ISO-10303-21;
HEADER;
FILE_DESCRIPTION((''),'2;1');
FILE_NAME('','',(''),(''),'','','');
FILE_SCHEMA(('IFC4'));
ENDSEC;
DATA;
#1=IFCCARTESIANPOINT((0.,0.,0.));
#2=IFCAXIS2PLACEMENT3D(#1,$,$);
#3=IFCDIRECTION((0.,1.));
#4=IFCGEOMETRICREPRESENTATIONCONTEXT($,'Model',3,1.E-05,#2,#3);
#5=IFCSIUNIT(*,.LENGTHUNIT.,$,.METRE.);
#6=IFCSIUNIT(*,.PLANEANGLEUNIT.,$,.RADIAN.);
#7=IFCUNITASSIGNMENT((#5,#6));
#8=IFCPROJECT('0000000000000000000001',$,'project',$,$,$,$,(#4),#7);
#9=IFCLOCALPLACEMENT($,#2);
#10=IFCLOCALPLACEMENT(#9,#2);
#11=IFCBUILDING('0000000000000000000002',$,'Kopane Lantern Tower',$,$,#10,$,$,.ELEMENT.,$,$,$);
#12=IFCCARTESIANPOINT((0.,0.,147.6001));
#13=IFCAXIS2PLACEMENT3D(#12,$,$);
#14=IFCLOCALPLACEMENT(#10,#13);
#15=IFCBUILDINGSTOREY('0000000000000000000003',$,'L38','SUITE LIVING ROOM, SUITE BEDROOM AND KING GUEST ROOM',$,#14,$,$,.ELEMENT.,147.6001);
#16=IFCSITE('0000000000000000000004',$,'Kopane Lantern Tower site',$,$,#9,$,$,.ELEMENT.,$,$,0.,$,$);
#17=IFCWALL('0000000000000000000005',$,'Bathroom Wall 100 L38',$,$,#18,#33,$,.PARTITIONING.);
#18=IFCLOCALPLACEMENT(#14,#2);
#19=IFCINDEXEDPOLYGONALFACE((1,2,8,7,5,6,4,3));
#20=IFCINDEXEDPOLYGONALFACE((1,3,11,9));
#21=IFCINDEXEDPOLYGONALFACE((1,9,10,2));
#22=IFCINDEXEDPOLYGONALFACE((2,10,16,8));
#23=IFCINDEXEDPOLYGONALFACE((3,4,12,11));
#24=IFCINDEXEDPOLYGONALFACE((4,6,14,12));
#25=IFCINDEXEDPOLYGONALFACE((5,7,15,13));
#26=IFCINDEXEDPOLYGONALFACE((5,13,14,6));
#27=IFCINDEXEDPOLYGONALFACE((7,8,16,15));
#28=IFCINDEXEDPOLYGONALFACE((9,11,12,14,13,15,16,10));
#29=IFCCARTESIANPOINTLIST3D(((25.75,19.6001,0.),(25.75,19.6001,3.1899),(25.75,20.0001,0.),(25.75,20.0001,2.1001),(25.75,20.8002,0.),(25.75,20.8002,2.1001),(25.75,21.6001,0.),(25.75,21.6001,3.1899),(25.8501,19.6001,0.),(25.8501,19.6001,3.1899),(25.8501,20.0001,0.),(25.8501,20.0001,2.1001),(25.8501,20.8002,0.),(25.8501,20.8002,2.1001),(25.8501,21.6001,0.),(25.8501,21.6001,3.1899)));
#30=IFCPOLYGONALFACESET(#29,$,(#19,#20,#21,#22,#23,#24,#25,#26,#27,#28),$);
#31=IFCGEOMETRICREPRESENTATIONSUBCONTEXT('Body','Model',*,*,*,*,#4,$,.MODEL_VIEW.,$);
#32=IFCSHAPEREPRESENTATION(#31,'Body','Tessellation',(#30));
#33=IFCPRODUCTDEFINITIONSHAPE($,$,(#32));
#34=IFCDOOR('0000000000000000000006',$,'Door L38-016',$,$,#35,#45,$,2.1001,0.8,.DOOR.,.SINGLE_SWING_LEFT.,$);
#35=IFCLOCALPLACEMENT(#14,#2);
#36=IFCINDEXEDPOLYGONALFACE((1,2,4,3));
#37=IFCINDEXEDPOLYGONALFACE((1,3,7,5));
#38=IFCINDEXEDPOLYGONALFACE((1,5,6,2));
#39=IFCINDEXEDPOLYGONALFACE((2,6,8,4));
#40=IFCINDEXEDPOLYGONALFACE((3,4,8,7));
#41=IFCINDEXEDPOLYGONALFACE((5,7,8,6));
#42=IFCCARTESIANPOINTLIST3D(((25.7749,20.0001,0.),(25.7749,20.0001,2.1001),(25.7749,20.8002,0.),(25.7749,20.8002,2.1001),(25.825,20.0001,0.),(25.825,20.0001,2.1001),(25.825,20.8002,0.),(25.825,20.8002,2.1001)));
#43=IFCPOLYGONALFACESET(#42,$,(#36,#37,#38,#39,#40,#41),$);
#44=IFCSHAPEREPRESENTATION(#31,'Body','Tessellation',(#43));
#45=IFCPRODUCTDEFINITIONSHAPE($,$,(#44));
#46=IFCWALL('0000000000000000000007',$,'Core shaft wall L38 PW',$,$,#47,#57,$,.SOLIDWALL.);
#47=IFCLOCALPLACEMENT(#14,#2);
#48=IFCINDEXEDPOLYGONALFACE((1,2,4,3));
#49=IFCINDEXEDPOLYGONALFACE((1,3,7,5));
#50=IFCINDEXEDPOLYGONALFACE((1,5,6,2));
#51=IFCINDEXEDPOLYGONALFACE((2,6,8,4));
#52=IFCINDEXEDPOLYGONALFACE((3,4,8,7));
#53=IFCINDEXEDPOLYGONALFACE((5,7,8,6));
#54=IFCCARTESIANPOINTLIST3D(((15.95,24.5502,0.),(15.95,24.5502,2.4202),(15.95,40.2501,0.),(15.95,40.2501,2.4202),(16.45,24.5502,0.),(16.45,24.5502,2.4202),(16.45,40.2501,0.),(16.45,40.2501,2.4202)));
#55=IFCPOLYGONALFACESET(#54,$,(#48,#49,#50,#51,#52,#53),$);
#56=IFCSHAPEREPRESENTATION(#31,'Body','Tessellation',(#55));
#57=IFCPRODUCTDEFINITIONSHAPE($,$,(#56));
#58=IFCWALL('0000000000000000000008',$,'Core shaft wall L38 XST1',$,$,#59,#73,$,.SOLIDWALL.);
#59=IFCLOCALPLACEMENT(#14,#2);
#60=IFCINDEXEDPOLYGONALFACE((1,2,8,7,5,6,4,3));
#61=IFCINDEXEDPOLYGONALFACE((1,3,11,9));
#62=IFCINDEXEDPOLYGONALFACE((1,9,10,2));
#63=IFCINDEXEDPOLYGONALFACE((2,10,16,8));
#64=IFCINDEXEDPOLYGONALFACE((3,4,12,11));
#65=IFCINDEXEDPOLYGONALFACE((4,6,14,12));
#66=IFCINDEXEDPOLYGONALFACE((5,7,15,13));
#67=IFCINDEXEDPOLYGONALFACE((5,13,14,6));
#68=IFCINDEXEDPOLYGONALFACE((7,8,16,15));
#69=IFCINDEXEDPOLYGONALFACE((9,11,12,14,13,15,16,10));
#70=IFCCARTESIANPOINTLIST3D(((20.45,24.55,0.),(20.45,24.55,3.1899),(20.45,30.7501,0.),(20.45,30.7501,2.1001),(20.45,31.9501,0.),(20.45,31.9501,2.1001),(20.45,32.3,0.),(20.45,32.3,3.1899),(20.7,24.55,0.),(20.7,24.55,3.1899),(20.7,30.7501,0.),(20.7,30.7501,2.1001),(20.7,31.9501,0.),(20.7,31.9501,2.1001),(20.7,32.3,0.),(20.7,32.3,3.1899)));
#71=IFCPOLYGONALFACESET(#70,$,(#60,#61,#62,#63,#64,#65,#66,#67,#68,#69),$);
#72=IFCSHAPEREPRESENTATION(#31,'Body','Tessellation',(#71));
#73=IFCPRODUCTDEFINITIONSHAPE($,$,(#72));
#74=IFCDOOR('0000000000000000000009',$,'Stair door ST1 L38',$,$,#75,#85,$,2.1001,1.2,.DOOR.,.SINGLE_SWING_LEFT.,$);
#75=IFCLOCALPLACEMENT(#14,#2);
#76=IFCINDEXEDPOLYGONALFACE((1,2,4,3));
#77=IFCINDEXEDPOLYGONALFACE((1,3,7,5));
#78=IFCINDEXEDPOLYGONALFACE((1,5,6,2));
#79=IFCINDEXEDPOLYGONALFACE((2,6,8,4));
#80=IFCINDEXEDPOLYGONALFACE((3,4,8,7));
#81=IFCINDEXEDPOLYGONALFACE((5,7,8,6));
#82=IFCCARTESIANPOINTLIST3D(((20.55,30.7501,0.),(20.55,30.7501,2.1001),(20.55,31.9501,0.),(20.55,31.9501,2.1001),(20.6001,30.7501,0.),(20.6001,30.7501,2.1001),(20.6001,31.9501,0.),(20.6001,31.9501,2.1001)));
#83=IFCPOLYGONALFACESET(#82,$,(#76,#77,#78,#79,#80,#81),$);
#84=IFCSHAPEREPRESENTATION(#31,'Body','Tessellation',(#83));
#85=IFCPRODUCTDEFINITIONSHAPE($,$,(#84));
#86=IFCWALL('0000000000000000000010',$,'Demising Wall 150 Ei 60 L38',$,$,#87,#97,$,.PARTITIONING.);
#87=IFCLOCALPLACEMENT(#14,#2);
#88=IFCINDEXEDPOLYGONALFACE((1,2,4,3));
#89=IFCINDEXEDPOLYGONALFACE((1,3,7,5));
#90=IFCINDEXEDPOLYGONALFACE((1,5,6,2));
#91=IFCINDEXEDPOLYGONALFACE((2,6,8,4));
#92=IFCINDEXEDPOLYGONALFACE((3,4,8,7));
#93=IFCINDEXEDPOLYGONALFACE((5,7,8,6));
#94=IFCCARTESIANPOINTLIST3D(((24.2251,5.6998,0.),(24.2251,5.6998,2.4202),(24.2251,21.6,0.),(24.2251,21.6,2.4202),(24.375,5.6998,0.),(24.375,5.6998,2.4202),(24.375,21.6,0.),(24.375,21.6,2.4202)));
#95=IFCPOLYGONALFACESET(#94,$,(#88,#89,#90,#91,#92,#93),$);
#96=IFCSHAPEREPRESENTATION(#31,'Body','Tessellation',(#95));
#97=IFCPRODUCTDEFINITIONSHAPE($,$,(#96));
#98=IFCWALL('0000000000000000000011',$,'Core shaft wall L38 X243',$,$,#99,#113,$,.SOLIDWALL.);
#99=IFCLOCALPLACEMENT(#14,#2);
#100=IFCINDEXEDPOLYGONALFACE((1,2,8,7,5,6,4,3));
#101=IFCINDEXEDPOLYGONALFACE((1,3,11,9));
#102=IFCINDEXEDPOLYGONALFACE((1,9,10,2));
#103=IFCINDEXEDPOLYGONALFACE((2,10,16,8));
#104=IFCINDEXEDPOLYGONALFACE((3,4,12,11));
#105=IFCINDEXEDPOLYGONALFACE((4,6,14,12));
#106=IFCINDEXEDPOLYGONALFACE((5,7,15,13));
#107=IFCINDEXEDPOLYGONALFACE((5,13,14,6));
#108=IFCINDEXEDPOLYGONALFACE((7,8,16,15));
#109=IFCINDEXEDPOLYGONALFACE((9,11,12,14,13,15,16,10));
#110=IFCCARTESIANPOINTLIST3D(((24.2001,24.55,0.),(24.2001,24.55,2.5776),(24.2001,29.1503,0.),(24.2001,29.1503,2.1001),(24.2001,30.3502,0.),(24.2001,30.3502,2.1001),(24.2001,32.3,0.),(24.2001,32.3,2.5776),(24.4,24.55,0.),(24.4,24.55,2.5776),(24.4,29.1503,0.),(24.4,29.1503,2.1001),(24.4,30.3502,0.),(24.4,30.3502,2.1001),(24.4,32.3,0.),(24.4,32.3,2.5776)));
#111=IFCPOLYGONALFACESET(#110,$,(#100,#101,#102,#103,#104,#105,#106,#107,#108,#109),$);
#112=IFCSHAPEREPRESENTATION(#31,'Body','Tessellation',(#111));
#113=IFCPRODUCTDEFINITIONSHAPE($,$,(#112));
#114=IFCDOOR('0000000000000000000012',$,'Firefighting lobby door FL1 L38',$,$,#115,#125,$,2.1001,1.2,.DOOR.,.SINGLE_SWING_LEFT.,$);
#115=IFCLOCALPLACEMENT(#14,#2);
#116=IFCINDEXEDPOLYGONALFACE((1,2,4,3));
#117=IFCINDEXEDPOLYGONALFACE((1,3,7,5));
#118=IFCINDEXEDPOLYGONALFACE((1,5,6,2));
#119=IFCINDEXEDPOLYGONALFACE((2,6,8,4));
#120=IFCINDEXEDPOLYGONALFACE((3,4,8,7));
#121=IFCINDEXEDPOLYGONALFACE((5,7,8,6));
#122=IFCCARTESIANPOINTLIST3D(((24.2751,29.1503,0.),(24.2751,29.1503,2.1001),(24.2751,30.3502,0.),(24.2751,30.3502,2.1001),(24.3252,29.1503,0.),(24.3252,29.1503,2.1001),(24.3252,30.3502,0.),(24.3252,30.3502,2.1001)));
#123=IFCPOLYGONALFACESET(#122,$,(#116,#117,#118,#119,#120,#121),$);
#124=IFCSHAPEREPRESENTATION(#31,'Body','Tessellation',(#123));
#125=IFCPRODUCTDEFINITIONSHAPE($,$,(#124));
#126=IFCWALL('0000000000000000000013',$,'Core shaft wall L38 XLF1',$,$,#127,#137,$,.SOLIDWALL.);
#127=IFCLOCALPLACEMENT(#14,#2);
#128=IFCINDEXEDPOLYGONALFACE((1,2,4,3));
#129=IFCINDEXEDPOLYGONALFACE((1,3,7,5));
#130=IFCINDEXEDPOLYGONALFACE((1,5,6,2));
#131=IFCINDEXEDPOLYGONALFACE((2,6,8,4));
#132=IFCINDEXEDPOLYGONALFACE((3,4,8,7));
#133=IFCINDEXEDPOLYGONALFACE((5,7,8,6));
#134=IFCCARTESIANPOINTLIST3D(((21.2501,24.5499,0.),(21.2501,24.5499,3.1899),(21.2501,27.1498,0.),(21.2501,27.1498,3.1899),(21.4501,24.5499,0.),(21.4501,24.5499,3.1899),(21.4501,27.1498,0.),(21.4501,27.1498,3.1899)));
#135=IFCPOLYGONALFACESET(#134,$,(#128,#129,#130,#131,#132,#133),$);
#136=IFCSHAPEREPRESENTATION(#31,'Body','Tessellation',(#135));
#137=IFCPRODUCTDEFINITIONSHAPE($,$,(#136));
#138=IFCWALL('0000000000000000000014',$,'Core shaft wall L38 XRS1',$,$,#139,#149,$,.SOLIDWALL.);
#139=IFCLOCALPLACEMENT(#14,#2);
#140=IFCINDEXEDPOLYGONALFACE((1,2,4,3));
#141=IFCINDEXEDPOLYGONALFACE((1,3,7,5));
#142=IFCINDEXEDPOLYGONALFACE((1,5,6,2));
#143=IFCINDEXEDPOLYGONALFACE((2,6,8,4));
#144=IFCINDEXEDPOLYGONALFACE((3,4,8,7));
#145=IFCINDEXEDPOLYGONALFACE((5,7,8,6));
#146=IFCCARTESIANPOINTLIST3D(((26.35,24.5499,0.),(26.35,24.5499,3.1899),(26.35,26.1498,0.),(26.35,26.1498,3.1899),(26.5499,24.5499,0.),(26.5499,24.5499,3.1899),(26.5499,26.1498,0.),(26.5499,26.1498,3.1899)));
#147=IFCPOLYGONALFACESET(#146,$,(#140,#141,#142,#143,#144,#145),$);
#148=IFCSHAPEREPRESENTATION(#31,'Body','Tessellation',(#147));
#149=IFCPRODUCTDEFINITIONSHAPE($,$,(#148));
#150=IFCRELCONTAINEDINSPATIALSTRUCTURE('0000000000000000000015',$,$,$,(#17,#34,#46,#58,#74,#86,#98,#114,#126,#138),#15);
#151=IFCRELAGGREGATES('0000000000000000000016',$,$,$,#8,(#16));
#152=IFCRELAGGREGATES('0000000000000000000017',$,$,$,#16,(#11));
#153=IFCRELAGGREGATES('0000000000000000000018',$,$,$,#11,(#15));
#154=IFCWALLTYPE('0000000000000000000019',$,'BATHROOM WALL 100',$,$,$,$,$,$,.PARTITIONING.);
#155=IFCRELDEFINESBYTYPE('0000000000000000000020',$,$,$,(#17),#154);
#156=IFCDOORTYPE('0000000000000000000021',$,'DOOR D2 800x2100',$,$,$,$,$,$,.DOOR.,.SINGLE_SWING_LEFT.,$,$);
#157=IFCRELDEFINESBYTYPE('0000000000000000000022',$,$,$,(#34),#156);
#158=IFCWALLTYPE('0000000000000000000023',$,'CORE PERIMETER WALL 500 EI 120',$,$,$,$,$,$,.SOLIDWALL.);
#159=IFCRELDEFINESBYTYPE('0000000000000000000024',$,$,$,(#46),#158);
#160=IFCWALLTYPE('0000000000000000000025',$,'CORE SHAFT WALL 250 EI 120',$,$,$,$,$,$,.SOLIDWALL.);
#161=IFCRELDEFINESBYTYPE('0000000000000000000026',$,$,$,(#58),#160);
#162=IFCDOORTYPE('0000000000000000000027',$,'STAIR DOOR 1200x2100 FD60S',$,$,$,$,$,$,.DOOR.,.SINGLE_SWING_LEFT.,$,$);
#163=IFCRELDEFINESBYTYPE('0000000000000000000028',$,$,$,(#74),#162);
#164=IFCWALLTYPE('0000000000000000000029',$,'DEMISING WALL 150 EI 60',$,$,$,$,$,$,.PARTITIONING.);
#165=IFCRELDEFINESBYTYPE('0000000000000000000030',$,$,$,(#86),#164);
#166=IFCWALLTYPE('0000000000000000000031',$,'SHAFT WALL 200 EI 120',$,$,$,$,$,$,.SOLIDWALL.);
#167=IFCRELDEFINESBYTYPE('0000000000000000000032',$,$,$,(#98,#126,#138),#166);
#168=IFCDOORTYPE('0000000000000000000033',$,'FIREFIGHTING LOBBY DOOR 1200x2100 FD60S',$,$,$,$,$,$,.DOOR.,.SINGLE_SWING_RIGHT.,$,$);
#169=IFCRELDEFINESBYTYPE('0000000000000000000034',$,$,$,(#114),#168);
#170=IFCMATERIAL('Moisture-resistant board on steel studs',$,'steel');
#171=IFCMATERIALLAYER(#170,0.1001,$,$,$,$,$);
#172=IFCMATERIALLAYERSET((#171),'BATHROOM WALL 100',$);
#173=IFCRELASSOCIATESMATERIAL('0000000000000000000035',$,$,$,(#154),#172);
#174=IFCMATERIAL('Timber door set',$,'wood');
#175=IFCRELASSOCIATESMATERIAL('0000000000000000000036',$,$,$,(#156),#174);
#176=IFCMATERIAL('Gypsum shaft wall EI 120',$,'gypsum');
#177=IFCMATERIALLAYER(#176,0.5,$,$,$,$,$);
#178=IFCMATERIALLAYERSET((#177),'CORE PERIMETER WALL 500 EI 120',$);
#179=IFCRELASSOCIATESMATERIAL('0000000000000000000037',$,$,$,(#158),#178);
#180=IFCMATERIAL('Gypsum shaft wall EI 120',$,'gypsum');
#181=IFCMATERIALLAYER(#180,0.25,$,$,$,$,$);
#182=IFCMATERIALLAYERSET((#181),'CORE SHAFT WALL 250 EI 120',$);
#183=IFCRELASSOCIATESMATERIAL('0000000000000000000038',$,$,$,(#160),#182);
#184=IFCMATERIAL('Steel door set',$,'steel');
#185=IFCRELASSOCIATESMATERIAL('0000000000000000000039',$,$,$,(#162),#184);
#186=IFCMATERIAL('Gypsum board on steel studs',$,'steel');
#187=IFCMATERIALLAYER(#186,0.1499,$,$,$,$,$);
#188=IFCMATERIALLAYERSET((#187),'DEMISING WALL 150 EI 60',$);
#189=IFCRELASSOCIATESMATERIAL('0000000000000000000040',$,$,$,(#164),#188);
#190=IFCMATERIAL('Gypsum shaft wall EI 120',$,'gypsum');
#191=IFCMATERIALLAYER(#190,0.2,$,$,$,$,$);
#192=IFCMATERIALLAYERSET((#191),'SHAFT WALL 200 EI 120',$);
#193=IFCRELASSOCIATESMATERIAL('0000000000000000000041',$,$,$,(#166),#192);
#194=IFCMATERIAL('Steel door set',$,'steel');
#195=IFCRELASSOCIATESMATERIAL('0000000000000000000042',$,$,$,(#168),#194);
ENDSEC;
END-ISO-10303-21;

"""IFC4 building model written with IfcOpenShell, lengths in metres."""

from ifc_helpers import new_model, si_unit, direction, frame, frame_2d, origin, place, context, subcontext, project, spatial, rectangle, extrude, material, layer, layer_set, type_object, element, fill, save


model = new_model("IFC4")

# Units and contexts
model_context = context("Model", 3, precision=1e-05, world=origin(), true_north=direction((0.0, 1.0)))
body_context = subcontext(model_context, "Body", "Model", "MODEL_VIEW")
ifc_project = project(units=[si_unit("LENGTHUNIT", "METRE"), si_unit("PLANEANGLEUNIT", "RADIAN")], contexts=[model_context])

# Site, building, storey
site_placement = place(None, origin())
site = spatial("IfcSite", under=ifc_project, at=site_placement, Name="Kopane Lantern Tower site", CompositionType="ELEMENT", RefElevation=0.0)
building_placement = place(site_placement, origin())
building = spatial("IfcBuilding", under=site, at=building_placement, Name="Kopane Lantern Tower", CompositionType="ELEMENT")
storey_placement = place(building_placement, frame((0.0, 0.0, 147.6001)))
storey = spatial("IfcBuildingStorey", under=building, at=storey_placement, Name="L38", Description="SUITE LIVING ROOM, SUITE BEDROOM AND KING GUEST ROOM", CompositionType="ELEMENT", Elevation=147.6001)

# Wall, opening, door
ifc_material_1 = material(Name="Moisture-resistant board on steel studs", Category="steel")
ifc_layer_1 = layer(ifc_material_1, 0.1001)
ifc_layer_set_1 = layer_set([ifc_layer_1], Name="BATHROOM WALL 100")
wall_type_1 = type_object("IfcWallType", Name="BATHROOM WALL 100", PredefinedType="PARTITIONING", material=ifc_layer_set_1)
ifc_material_2 = material(Name="Timber door set", Category="wood")
door_type_1 = type_object("IfcDoorType", Name="DOOR D2 800x2100", OperationType="SINGLE_SWING_LEFT", PredefinedType="DOOR", material=ifc_material_2)
wall_1_placement = place(storey_placement, frame((25.8, 21.6001, 0.0), z_axis=(0.0, 0.0, 1.0), x_axis=(0.0, -1.0, 0.0)))
wall_1 = element("IfcWall", 1, at=wall_1_placement, inside=storey, type_object=wall_type_1, Name="Bathroom Wall 100 L38", PredefinedType="PARTITIONING", context=body_context, shape_type="SweptSolid", body=[
    extrude(rectangle(XDim=2.0, YDim=0.1001, at=frame_2d((1.0, 0.0))), origin(), (0.0, 0.0, 1.0), 3.1899),
])
opening_1_placement = place(wall_1_placement, frame((0.8, 0.0, 0.0)))
opening_1 = element("IfcOpeningElement", 2, at=opening_1_placement, cuts=wall_1, PredefinedType="OPENING", context=body_context, shape_type="SweptSolid", body=[
    extrude(rectangle(XDim=0.8, YDim=2.1001, at=frame_2d((0.3999, 1.05))), frame((0.0, 0.0601, 0.0), z_axis=(0.0, -1.0, 0.0), x_axis=(1.0, 0.0, 0.0)), (0.0, 0.0, 1.0), 0.1201),
])
door_1_placement = place(opening_1_placement, origin())
door_1 = element("IfcDoor", 3, at=door_1_placement, inside=storey, type_object=door_type_1, Name="Door L38-016", OperationType="SINGLE_SWING_LEFT", OverallHeight=2.1001, OverallWidth=0.8, PredefinedType="DOOR", context=body_context, shape_type="SweptSolid", body=[
    extrude(rectangle(XDim=0.8, YDim=2.1001, at=frame_2d((0.3999, 1.05))), frame((0.0, 0.0249, 0.0), z_axis=(0.0, -1.0, 0.0), x_axis=(1.0, 0.0, 0.0)), (0.0, 0.0, 1.0), 0.05),
])
fill(opening_1, door_1)

# Wall
ifc_material_3 = material(Name="Gypsum shaft wall EI 120", Category="gypsum")
ifc_layer_2 = layer(ifc_material_3, 0.5)
ifc_layer_set_2 = layer_set([ifc_layer_2], Name="CORE PERIMETER WALL 500 EI 120")
wall_type_2 = type_object("IfcWallType", Name="CORE PERIMETER WALL 500 EI 120", PredefinedType="SOLIDWALL", material=ifc_layer_set_2)
wall_2_placement = place(storey_placement, frame((16.2, 24.55, 0.0), z_axis=(0.0, 0.0, 1.0), x_axis=(0.0, 1.0, 0.0)))
element("IfcWall", 4, at=wall_2_placement, inside=storey, type_object=wall_type_2, Name="Core shaft wall L38 PW", PredefinedType="SOLIDWALL", context=body_context, shape_type="SweptSolid", body=[
    extrude(rectangle(XDim=15.7, YDim=0.5, at=frame_2d((7.8501, 0.0))), origin(), (0.0, 0.0, 1.0), 2.4202),
])

# Wall, opening, door
ifc_material_4 = material(Name="Gypsum shaft wall EI 120", Category="gypsum")
ifc_layer_3 = layer(ifc_material_4, 0.25)
ifc_layer_set_3 = layer_set([ifc_layer_3], Name="CORE SHAFT WALL 250 EI 120")
wall_type_3 = type_object("IfcWallType", Name="CORE SHAFT WALL 250 EI 120", PredefinedType="SOLIDWALL", material=ifc_layer_set_3)
wall_3_placement = place(storey_placement, frame((20.575, 24.55, 0.0), z_axis=(0.0, 0.0, 1.0), x_axis=(0.0, 1.0, 0.0)))
wall_3 = element("IfcWall", 5, at=wall_3_placement, inside=storey, type_object=wall_type_3, Name="Core shaft wall L38 XST1", PredefinedType="SOLIDWALL", context=body_context, shape_type="SweptSolid", body=[
    extrude(rectangle(XDim=7.75, YDim=0.25, at=frame_2d((3.875, 0.0))), origin(), (0.0, 0.0, 1.0), 3.1899),
])
opening_2_placement = place(wall_3_placement, frame((6.2, 0.0, 0.0)))
opening_2 = element("IfcOpeningElement", 6, at=opening_2_placement, cuts=wall_3, PredefinedType="OPENING", context=body_context, shape_type="SweptSolid", body=[
    extrude(rectangle(XDim=1.2, YDim=2.1001, at=frame_2d((0.6001, 1.05))), frame((0.0, 0.135, 0.0), z_axis=(0.0, -1.0, 0.0), x_axis=(1.0, 0.0, 0.0)), (0.0, 0.0, 1.0), 0.27),
])
ifc_material_5 = material(Name="Steel door set", Category="steel")
door_type_2 = type_object("IfcDoorType", Name="STAIR DOOR 1200x2100 FD60S", OperationType="SINGLE_SWING_LEFT", PredefinedType="DOOR", material=ifc_material_5)
door_2_placement = place(opening_2_placement, origin())
door_2 = element("IfcDoor", 7, at=door_2_placement, inside=storey, type_object=door_type_2, Name="Stair door ST1 L38", OperationType="SINGLE_SWING_LEFT", OverallHeight=2.1001, OverallWidth=1.2, PredefinedType="DOOR", context=body_context, shape_type="SweptSolid", body=[
    extrude(rectangle(XDim=1.2, YDim=2.1001, at=frame_2d((0.6001, 1.05))), frame((0.0, 0.0249, 0.0), z_axis=(0.0, -1.0, 0.0), x_axis=(1.0, 0.0, 0.0)), (0.0, 0.0, 1.0), 0.05),
])
fill(opening_2, door_2)

# Wall
ifc_material_6 = material(Name="Gypsum board on steel studs", Category="steel")
ifc_layer_4 = layer(ifc_material_6, 0.1499)
ifc_layer_set_4 = layer_set([ifc_layer_4], Name="DEMISING WALL 150 EI 60")
wall_type_4 = type_object("IfcWallType", Name="DEMISING WALL 150 EI 60", PredefinedType="PARTITIONING", material=ifc_layer_set_4)
wall_4_placement = place(storey_placement, frame((24.3, 21.6001, 0.0), z_axis=(0.0, 0.0, 1.0), x_axis=(0.0, -1.0, 0.0)))
element("IfcWall", 8, at=wall_4_placement, inside=storey, type_object=wall_type_4, Name="Demising Wall 150 Ei 60 L38", PredefinedType="PARTITIONING", context=body_context, shape_type="SweptSolid", body=[
    extrude(rectangle(XDim=15.9001, YDim=0.1499, at=frame_2d((7.9502, 0.0))), origin(), (0.0, 0.0, 1.0), 2.4202),
])

# Wall, opening, door
ifc_material_7 = material(Name="Gypsum shaft wall EI 120", Category="gypsum")
ifc_layer_5 = layer(ifc_material_7, 0.2)
ifc_layer_set_5 = layer_set([ifc_layer_5], Name="SHAFT WALL 200 EI 120")
wall_type_5 = type_object("IfcWallType", Name="SHAFT WALL 200 EI 120", PredefinedType="SOLIDWALL", material=ifc_layer_set_5)
wall_5_placement = place(storey_placement, frame((24.3, 24.55, 0.0), z_axis=(0.0, 0.0, 1.0), x_axis=(0.0, 1.0, 0.0)))
wall_5 = element("IfcWall", 9, at=wall_5_placement, inside=storey, type_object=wall_type_5, Name="Core shaft wall L38 X243", PredefinedType="SOLIDWALL", context=body_context, shape_type="SweptSolid", body=[
    extrude(rectangle(XDim=7.75, YDim=0.2, at=frame_2d((3.875, 0.0))), origin(), (0.0, 0.0, 1.0), 2.5776),
])
opening_3_placement = place(wall_5_placement, frame((4.6001, 0.0, 0.0)))
opening_3 = element("IfcOpeningElement", 10, at=opening_3_placement, cuts=wall_5, PredefinedType="OPENING", context=body_context, shape_type="SweptSolid", body=[
    extrude(rectangle(XDim=1.2, YDim=2.1001, at=frame_2d((0.6001, 1.05))), frame((0.0, 0.1099, 0.0), z_axis=(0.0, -1.0, 0.0), x_axis=(1.0, 0.0, 0.0)), (0.0, 0.0, 1.0), 0.22),
])
ifc_material_8 = material(Name="Steel door set", Category="steel")
door_type_3 = type_object("IfcDoorType", Name="FIREFIGHTING LOBBY DOOR 1200x2100 FD60S", OperationType="SINGLE_SWING_RIGHT", PredefinedType="DOOR", material=ifc_material_8)
door_3_placement = place(opening_3_placement, origin())
door_3 = element("IfcDoor", 11, at=door_3_placement, inside=storey, type_object=door_type_3, Name="Firefighting lobby door FL1 L38", OperationType="SINGLE_SWING_LEFT", OverallHeight=2.1001, OverallWidth=1.2, PredefinedType="DOOR", context=body_context, shape_type="SweptSolid", body=[
    extrude(rectangle(XDim=1.2, YDim=2.1001, at=frame_2d((0.6001, 1.05))), frame((0.0, 0.0249, 0.0), z_axis=(0.0, -1.0, 0.0), x_axis=(1.0, 0.0, 0.0)), (0.0, 0.0, 1.0), 0.05),
])
fill(opening_3, door_3)

# Walls
wall_6_placement = place(storey_placement, frame((21.3501, 24.55, 0.0), z_axis=(0.0, 0.0, 1.0), x_axis=(0.0, 1.0, 0.0)))
element("IfcWall", 12, at=wall_6_placement, inside=storey, type_object=wall_type_5, Name="Core shaft wall L38 XLF1", PredefinedType="SOLIDWALL", context=body_context, shape_type="SweptSolid", body=[
    extrude(rectangle(XDim=2.5999, YDim=0.2, at=frame_2d((1.2998, 0.0))), origin(), (0.0, 0.0, 1.0), 3.1899),
])
wall_7_placement = place(storey_placement, frame((26.45, 24.55, 0.0), z_axis=(0.0, 0.0, 1.0), x_axis=(0.0, 1.0, 0.0)))
element("IfcWall", 13, at=wall_7_placement, inside=storey, type_object=wall_type_5, Name="Core shaft wall L38 XRS1", PredefinedType="SOLIDWALL", context=body_context, shape_type="SweptSolid", body=[
    extrude(rectangle(XDim=1.5999, YDim=0.2, at=frame_2d((0.7998, 0.0))), origin(), (0.0, 0.0, 1.0), 3.1899),
])

save(model, "model.ifc")
